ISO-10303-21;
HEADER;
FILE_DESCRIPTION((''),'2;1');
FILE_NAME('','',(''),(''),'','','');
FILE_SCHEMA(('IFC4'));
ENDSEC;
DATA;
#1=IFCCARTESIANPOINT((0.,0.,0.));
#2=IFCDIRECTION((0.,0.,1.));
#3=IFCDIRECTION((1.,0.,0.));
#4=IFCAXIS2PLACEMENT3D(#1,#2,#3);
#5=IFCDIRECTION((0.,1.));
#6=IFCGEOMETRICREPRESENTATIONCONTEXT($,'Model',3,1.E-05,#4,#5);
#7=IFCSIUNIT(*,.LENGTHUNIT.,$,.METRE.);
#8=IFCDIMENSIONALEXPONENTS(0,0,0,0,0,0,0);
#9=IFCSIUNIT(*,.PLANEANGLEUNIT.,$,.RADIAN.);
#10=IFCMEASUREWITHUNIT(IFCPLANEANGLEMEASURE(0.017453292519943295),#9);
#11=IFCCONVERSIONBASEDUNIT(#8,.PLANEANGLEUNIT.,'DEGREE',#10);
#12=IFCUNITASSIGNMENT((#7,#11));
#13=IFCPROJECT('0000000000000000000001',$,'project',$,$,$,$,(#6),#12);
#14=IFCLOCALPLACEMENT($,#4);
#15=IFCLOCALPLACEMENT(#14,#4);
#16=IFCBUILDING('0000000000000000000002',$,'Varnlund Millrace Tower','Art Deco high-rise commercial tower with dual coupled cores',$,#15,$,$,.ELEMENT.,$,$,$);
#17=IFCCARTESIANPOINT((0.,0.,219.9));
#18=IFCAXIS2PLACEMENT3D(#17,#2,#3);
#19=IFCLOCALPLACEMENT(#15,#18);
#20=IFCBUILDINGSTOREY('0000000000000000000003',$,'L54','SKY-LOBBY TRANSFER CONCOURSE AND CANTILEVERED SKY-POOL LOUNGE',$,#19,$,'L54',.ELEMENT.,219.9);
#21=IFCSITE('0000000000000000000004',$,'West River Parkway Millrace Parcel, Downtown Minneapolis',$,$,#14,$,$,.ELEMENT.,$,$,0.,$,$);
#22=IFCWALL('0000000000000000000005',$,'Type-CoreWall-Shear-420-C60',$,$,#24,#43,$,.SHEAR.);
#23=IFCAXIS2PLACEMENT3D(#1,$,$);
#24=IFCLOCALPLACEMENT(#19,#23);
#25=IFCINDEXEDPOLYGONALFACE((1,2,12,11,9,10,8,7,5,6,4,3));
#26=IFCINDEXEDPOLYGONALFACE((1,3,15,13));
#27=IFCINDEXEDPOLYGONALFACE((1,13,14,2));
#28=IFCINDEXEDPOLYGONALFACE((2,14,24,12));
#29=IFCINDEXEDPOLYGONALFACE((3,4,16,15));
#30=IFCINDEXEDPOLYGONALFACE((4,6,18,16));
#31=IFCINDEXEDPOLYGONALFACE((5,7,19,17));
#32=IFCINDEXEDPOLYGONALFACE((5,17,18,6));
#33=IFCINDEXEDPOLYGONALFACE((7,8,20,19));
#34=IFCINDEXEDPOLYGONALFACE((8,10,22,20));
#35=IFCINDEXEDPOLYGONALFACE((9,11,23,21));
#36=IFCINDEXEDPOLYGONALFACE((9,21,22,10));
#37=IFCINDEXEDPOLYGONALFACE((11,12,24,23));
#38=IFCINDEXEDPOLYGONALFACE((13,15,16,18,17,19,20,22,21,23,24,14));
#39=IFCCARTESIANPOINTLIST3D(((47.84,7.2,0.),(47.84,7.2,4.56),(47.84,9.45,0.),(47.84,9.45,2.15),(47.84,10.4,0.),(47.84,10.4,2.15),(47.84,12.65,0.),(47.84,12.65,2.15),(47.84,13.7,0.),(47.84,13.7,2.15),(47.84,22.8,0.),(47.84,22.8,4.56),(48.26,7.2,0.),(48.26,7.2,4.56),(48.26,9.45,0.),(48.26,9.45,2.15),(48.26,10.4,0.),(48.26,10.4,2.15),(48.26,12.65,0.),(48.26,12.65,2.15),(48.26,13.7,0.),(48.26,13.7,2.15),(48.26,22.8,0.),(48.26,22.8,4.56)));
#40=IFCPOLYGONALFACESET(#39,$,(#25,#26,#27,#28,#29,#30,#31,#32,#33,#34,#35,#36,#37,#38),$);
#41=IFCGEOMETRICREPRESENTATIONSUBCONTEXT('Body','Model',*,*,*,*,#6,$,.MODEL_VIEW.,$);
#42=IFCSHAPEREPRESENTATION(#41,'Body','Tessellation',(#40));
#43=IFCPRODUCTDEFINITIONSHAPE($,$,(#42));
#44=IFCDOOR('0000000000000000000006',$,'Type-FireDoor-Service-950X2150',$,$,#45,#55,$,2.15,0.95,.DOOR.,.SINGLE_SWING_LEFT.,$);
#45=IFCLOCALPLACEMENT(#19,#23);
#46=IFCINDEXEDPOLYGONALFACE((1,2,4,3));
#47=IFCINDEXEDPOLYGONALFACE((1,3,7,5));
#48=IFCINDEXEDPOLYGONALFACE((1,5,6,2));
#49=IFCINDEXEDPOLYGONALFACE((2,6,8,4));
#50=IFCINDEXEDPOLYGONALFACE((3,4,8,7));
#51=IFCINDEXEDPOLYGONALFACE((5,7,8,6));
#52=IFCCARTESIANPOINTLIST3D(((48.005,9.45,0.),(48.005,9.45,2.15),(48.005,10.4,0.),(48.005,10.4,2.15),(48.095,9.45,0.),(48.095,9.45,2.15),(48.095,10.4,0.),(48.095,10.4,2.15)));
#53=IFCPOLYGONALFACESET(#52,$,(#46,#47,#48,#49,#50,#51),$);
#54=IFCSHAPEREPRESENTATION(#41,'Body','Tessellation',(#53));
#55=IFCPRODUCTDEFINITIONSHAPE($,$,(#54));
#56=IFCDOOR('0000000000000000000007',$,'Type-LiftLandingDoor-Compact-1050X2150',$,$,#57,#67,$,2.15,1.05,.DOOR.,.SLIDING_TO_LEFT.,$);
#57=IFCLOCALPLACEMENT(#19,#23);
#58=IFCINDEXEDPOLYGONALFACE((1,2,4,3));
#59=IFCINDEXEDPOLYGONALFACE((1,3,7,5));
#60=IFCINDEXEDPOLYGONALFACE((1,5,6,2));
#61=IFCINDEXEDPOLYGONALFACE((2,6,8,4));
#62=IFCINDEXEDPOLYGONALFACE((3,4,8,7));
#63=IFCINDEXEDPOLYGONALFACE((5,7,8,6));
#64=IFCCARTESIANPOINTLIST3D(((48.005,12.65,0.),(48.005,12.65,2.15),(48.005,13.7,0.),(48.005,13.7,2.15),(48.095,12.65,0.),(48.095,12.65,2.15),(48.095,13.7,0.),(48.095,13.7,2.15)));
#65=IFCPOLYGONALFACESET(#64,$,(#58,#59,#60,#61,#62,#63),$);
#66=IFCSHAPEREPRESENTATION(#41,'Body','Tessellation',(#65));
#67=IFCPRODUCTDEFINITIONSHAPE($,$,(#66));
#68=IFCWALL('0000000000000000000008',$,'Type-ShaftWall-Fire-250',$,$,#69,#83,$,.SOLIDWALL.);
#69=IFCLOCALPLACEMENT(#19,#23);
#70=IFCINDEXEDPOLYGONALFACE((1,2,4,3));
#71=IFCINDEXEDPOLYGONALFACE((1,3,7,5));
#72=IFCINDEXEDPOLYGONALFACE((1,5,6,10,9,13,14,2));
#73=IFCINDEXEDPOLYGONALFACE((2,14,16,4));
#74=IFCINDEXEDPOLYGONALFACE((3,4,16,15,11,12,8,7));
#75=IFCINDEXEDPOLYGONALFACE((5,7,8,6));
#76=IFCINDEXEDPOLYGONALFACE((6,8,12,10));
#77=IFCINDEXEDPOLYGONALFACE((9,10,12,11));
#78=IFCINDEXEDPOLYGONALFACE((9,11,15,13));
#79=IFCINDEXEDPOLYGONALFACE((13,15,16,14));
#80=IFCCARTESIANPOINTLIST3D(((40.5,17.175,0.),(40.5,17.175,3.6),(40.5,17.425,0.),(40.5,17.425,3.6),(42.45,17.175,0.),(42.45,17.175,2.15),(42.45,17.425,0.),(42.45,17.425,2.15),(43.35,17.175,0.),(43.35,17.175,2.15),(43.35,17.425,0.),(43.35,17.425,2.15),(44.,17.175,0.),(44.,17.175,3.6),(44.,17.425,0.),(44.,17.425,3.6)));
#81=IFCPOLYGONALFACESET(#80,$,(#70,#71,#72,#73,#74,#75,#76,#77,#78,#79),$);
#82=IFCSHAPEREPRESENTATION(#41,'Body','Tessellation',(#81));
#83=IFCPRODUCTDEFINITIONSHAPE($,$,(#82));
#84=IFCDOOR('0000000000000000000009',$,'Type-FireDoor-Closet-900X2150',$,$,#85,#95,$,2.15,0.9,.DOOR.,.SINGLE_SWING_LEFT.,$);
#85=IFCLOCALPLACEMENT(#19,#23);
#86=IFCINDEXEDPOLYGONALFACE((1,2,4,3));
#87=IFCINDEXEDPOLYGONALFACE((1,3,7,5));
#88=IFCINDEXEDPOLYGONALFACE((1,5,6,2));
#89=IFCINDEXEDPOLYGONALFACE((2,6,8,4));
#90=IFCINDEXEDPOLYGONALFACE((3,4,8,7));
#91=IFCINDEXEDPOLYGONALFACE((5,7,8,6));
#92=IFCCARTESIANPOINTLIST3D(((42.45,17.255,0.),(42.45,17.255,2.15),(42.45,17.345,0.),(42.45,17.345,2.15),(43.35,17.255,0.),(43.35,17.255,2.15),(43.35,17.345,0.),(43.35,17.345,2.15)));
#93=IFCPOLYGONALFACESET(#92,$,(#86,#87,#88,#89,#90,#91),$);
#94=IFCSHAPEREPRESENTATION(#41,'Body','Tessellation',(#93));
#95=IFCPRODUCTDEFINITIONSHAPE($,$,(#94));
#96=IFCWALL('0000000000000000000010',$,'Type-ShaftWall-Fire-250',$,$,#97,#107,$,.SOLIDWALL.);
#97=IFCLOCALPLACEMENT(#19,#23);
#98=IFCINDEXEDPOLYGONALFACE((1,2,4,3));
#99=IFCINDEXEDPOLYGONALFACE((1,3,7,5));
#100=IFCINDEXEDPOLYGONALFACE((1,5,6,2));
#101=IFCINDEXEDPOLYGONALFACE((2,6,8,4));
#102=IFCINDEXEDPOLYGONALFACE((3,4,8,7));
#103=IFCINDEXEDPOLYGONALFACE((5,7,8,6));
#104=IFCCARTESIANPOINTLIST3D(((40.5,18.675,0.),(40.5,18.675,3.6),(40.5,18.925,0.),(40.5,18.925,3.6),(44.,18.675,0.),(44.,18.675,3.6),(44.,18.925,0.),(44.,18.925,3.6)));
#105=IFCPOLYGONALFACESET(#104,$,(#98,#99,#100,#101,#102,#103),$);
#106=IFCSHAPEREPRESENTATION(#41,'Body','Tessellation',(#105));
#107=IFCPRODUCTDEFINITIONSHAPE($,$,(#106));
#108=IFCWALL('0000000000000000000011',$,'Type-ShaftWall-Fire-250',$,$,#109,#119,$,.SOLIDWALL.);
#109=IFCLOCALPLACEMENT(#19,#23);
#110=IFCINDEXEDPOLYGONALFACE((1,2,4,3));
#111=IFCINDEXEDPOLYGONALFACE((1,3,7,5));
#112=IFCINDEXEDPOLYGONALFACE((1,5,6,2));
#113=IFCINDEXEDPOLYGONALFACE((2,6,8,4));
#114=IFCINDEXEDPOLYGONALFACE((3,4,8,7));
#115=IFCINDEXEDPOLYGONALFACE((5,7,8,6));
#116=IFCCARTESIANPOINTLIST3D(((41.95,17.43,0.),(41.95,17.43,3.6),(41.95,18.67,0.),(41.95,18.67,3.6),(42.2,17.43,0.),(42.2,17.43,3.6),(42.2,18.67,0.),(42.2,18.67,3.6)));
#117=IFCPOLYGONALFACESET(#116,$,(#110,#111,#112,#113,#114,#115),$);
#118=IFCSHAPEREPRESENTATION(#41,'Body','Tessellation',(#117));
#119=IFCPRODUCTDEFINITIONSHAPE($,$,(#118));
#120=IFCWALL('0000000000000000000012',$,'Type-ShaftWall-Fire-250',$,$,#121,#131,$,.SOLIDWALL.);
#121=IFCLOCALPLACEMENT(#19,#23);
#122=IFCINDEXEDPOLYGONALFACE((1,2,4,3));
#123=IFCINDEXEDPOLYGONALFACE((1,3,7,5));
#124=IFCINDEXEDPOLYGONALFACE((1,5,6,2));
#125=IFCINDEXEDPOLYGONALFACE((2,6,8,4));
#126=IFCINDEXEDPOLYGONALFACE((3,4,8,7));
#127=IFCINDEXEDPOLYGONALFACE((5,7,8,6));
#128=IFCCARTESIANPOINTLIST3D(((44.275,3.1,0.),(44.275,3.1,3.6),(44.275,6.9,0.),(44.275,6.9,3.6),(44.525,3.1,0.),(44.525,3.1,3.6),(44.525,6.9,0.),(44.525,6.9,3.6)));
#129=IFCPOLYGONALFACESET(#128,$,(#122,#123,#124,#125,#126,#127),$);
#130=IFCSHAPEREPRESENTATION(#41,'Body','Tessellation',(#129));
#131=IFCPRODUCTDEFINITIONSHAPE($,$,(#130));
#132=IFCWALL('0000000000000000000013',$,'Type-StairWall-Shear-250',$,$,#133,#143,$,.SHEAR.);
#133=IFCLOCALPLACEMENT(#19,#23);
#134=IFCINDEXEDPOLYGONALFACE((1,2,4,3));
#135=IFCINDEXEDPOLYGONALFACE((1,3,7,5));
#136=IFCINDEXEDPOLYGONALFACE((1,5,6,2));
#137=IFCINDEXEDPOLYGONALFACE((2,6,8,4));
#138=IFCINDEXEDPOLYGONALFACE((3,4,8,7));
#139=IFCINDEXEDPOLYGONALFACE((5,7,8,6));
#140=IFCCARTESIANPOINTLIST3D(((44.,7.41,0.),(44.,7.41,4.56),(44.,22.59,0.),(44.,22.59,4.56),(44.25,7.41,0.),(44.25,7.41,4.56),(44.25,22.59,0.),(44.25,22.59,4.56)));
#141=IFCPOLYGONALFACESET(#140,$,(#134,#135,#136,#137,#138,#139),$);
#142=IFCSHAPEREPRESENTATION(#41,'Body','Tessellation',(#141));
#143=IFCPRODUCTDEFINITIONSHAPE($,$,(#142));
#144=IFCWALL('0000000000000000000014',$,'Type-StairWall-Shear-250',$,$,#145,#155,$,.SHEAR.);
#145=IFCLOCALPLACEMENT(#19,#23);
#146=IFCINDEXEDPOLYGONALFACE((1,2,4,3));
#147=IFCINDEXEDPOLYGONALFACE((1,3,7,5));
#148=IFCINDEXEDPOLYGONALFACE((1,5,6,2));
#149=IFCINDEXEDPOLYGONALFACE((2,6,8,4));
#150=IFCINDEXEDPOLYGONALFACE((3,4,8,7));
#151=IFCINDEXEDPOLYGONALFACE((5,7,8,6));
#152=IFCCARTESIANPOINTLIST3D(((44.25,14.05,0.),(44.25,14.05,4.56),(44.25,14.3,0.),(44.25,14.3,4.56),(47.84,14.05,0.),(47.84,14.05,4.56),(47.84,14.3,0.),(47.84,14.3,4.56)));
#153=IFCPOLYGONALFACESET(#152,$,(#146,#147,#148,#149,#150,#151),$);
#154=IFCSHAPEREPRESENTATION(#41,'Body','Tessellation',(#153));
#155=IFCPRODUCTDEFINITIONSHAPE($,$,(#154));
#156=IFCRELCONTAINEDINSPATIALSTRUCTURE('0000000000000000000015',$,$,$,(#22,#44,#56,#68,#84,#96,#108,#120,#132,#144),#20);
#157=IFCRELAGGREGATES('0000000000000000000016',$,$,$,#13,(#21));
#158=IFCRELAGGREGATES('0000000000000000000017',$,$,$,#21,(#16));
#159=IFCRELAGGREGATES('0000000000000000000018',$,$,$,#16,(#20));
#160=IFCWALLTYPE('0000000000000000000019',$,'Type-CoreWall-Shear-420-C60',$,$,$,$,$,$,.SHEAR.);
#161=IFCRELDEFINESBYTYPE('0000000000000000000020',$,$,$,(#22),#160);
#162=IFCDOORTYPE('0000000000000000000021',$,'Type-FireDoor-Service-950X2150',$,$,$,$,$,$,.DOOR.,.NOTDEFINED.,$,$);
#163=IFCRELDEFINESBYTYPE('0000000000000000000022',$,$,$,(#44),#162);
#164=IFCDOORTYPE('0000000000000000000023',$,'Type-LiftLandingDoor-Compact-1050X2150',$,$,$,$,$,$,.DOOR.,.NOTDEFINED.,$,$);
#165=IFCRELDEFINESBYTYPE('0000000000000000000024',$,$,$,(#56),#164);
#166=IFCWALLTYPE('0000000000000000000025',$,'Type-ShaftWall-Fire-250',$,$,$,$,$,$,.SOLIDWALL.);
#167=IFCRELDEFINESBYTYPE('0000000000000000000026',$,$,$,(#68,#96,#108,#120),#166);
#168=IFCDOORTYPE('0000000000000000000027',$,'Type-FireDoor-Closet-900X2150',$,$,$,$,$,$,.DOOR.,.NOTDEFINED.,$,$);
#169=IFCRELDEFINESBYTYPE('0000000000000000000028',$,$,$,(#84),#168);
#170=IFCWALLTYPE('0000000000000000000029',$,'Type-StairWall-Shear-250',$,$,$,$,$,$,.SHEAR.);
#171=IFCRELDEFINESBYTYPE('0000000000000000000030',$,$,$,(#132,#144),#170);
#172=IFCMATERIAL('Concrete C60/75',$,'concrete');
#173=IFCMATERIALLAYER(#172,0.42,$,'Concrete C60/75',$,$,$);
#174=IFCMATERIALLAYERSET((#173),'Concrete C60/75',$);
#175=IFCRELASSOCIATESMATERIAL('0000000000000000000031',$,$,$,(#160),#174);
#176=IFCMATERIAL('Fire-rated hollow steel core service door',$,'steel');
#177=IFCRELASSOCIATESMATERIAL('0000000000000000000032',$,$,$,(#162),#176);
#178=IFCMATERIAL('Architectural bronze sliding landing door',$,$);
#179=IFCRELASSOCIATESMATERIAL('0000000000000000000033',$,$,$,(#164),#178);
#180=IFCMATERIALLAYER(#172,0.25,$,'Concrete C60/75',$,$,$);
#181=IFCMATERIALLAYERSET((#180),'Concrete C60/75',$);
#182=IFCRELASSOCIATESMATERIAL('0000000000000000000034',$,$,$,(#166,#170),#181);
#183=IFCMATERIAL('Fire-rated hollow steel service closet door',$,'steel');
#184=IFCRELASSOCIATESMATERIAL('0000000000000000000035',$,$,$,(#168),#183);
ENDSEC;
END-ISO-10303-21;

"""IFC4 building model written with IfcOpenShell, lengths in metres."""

from ifc_helpers import new_model, entity, si_unit, converted_unit, direction, frame, origin_with_axes, origin_2d_with_axis, place, context, subcontext, project, spatial, polyline, rectangle, outline, extrude, material, layer, layer_set, type_object, element, fill, save


model = new_model("IFC4")

# Units and contexts
model_context = context("Model", 3, precision=1e-05, world=origin_with_axes(), true_north=direction((0.0, 1.0)))
body_context = subcontext(model_context, "Body", "Model", "MODEL_VIEW")
ifc_project = project(units=[si_unit("LENGTHUNIT", "METRE"), converted_unit("PLANEANGLEUNIT", "DEGREE", entity("IfcPlaneAngleMeasure", 0.017453292519943295), si_unit("PLANEANGLEUNIT", "RADIAN"), dimensions=[0, 0, 0, 0, 0, 0, 0])], contexts=[model_context])

# Site, building, storey
site_placement = place(None, origin_with_axes())
site = spatial("IfcSite", under=ifc_project, at=site_placement, Name="West River Parkway Millrace Parcel, Downtown Minneapolis", CompositionType="ELEMENT", RefElevation=0.0)
building_placement = place(site_placement, origin_with_axes())
building = spatial("IfcBuilding", under=site, at=building_placement, Name="Varnlund Millrace Tower", Description="Art Deco high-rise commercial tower with dual coupled cores", CompositionType="ELEMENT")
storey_placement = place(building_placement, frame((0.0, 0.0, 219.9), z_axis=(0.0, 0.0, 1.0), x_axis=(1.0, 0.0, 0.0)))
storey = spatial("IfcBuildingStorey", under=building, at=storey_placement, Name="L54", Description="SKY-LOBBY TRANSFER CONCOURSE AND CANTILEVERED SKY-POOL LOUNGE", LongName="L54", CompositionType="ELEMENT", Elevation=219.9)

# Wall, openings, doors
ifc_material_1 = material(Name="Concrete C60/75", Category="concrete")
ifc_layer_1 = layer(ifc_material_1, 0.42, Name="Concrete C60/75")
ifc_layer_set_1 = layer_set([ifc_layer_1], Name="Concrete C60/75")
wall_type_1 = type_object("IfcWallType", Name="Type-CoreWall-Shear-420-C60", PredefinedType="SHEAR", material=ifc_layer_set_1)
wall_1_placement = place(storey_placement, frame((48.05, 7.2, 0.0), z_axis=(0.0, 0.0, 1.0), x_axis=(0.0, 1.0, 0.0)))
wall_1 = element("IfcWall", 1, at=wall_1_placement, inside=storey, type_object=wall_type_1, Name="Type-CoreWall-Shear-420-C60", PredefinedType="SHEAR", context=body_context, shape_type="SweptSolid", body=[
    extrude(outline(polyline([(0.0, -0.21), (15.6, -0.21), (15.6, 0.21), (0.0, 0.21), (0.0, -0.21)])), origin_with_axes(), (0.0, 0.0, 1.0), 4.56),
])
opening_1_placement = place(wall_1_placement, frame((5.975, 0.0, 0.0), z_axis=(0.0, 0.0, 1.0), x_axis=(1.0, 0.0, 0.0)))
opening_1 = element("IfcOpeningElement", 2, at=opening_1_placement, cuts=wall_1, PredefinedType="OPENING", context=body_context, shape_type="SweptSolid", body=[
    extrude(rectangle(XDim=1.05, YDim=0.44, at=origin_2d_with_axis()), origin_with_axes(), (0.0, 0.0, 1.0), 2.15),
])
opening_2_placement = place(wall_1_placement, frame((2.725, 0.0, 0.0), z_axis=(0.0, 0.0, 1.0), x_axis=(1.0, 0.0, 0.0)))
opening_2 = element("IfcOpeningElement", 3, at=opening_2_placement, cuts=wall_1, PredefinedType="OPENING", context=body_context, shape_type="SweptSolid", body=[
    extrude(rectangle(XDim=0.95, YDim=0.44, at=origin_2d_with_axis()), origin_with_axes(), (0.0, 0.0, 1.0), 2.15),
])
ifc_material_2 = material(Name="Fire-rated hollow steel core service door", Category="steel")
door_type_1 = type_object("IfcDoorType", Name="Type-FireDoor-Service-950X2150", OperationType="NOTDEFINED", PredefinedType="DOOR", material=ifc_material_2)
door_1_placement = place(wall_1_placement, frame((2.725, 0.0, 0.0), z_axis=(0.0, 0.0, 1.0), x_axis=(1.0, 0.0, 0.0)))
door_1 = element("IfcDoor", 4, at=door_1_placement, inside=storey, type_object=door_type_1, Name="Type-FireDoor-Service-950X2150", OperationType="SINGLE_SWING_LEFT", OverallHeight=2.15, OverallWidth=0.95, PredefinedType="DOOR", context=body_context, shape_type="SweptSolid", body=[
    extrude(rectangle(XDim=0.95, YDim=0.09, at=origin_2d_with_axis()), origin_with_axes(), (0.0, 0.0, 1.0), 2.15),
])
fill(opening_2, door_1)
ifc_material_3 = material(Name="Architectural bronze sliding landing door")
door_type_2 = type_object("IfcDoorType", Name="Type-LiftLandingDoor-Compact-1050X2150", OperationType="NOTDEFINED", PredefinedType="DOOR", material=ifc_material_3)
door_2_placement = place(wall_1_placement, frame((5.975, 0.0, 0.0), z_axis=(0.0, 0.0, 1.0), x_axis=(1.0, 0.0, 0.0)))
door_2 = element("IfcDoor", 5, at=door_2_placement, inside=storey, type_object=door_type_2, Name="Type-LiftLandingDoor-Compact-1050X2150", OperationType="SLIDING_TO_LEFT", OverallHeight=2.15, OverallWidth=1.05, PredefinedType="DOOR", context=body_context, shape_type="SweptSolid", body=[
    extrude(rectangle(XDim=1.05, YDim=0.09, at=origin_2d_with_axis()), origin_with_axes(), (0.0, 0.0, 1.0), 2.15),
])
fill(opening_1, door_2)

# Wall, opening, door
ifc_layer_2 = layer(ifc_material_1, 0.25, Name="Concrete C60/75")
ifc_layer_set_2 = layer_set([ifc_layer_2], Name="Concrete C60/75")
wall_type_2 = type_object("IfcWallType", Name="Type-ShaftWall-Fire-250", PredefinedType="SOLIDWALL", material=ifc_layer_set_2)
wall_2_placement = place(storey_placement, frame((40.5, 17.3, 0.0), z_axis=(0.0, 0.0, 1.0), x_axis=(1.0, 0.0, 0.0)))
wall_2 = element("IfcWall", 6, at=wall_2_placement, inside=storey, type_object=wall_type_2, Name="Type-ShaftWall-Fire-250", PredefinedType="SOLIDWALL", context=body_context, shape_type="SweptSolid", body=[
    extrude(outline(polyline([(0.0, -0.125), (3.5, -0.125), (3.5, 0.125), (0.0, 0.125), (0.0, -0.125)])), origin_with_axes(), (0.0, 0.0, 1.0), 3.6),
])
opening_3_placement = place(wall_2_placement, frame((2.4, 0.0, 0.0), z_axis=(0.0, 0.0, 1.0), x_axis=(1.0, 0.0, 0.0)))
opening_3 = element("IfcOpeningElement", 7, at=opening_3_placement, cuts=wall_2, PredefinedType="OPENING", context=body_context, shape_type="SweptSolid", body=[
    extrude(rectangle(XDim=0.9, YDim=0.27, at=origin_2d_with_axis()), origin_with_axes(), (0.0, 0.0, 1.0), 2.15),
])
ifc_material_4 = material(Name="Fire-rated hollow steel service closet door", Category="steel")
door_type_3 = type_object("IfcDoorType", Name="Type-FireDoor-Closet-900X2150", OperationType="NOTDEFINED", PredefinedType="DOOR", material=ifc_material_4)
door_3_placement = place(wall_2_placement, frame((2.4, 0.0, 0.0), z_axis=(0.0, 0.0, 1.0), x_axis=(1.0, 0.0, 0.0)))
door_3 = element("IfcDoor", 8, at=door_3_placement, inside=storey, type_object=door_type_3, Name="Type-FireDoor-Closet-900X2150", OperationType="SINGLE_SWING_LEFT", OverallHeight=2.15, OverallWidth=0.9, PredefinedType="DOOR", context=body_context, shape_type="SweptSolid", body=[
    extrude(rectangle(XDim=0.9, YDim=0.09, at=origin_2d_with_axis()), origin_with_axes(), (0.0, 0.0, 1.0), 2.15),
])
fill(opening_3, door_3)

# Walls
wall_3_placement = place(storey_placement, frame((40.5, 18.8, 0.0), z_axis=(0.0, 0.0, 1.0), x_axis=(1.0, 0.0, 0.0)))
element("IfcWall", 9, at=wall_3_placement, inside=storey, type_object=wall_type_2, Name="Type-ShaftWall-Fire-250", PredefinedType="SOLIDWALL", context=body_context, shape_type="SweptSolid", body=[
    extrude(outline(polyline([(0.0, -0.125), (3.5, -0.125), (3.5, 0.125), (0.0, 0.125), (0.0, -0.125)])), origin_with_axes(), (0.0, 0.0, 1.0), 3.6),
])
wall_4_placement = place(storey_placement, frame((42.075, 17.43, 0.0), z_axis=(0.0, 0.0, 1.0), x_axis=(0.0, 1.0, 0.0)))
element("IfcWall", 10, at=wall_4_placement, inside=storey, type_object=wall_type_2, Name="Type-ShaftWall-Fire-250", PredefinedType="SOLIDWALL", context=body_context, shape_type="SweptSolid", body=[
    extrude(outline(polyline([(0.0, -0.125), (1.24, -0.125), (1.24, 0.125), (0.0, 0.125), (0.0, -0.125)])), origin_with_axes(), (0.0, 0.0, 1.0), 3.6),
])
wall_5_placement = place(storey_placement, frame((44.4, 3.1, 0.0), z_axis=(0.0, 0.0, 1.0), x_axis=(0.0, 1.0, 0.0)))
element("IfcWall", 11, at=wall_5_placement, inside=storey, type_object=wall_type_2, Name="Type-ShaftWall-Fire-250", PredefinedType="SOLIDWALL", context=body_context, shape_type="SweptSolid", body=[
    extrude(outline(polyline([(0.0, -0.125), (3.8, -0.125), (3.8, 0.125), (0.0, 0.125), (0.0, -0.125)])), origin_with_axes(), (0.0, 0.0, 1.0), 3.6),
])
wall_type_3 = type_object("IfcWallType", Name="Type-StairWall-Shear-250", PredefinedType="SHEAR", material=ifc_layer_set_2)
wall_6_placement = place(storey_placement, frame((44.125, 7.41, 0.0), z_axis=(0.0, 0.0, 1.0), x_axis=(0.0, 1.0, 0.0)))
element("IfcWall", 12, at=wall_6_placement, inside=storey, type_object=wall_type_3, Name="Type-StairWall-Shear-250", PredefinedType="SHEAR", context=body_context, shape_type="SweptSolid", body=[
    extrude(outline(polyline([(0.0, -0.125), (15.18, -0.125), (15.18, 0.125), (0.0, 0.125), (0.0, -0.125)])), origin_with_axes(), (0.0, 0.0, 1.0), 4.56),
])
wall_7_placement = place(storey_placement, frame((44.25, 14.175, 0.0), z_axis=(0.0, 0.0, 1.0), x_axis=(1.0, 0.0, 0.0)))
element("IfcWall", 13, at=wall_7_placement, inside=storey, type_object=wall_type_3, Name="Type-StairWall-Shear-250", PredefinedType="SHEAR", context=body_context, shape_type="SweptSolid", body=[
    extrude(outline(polyline([(0.0, -0.125), (3.59, -0.125), (3.59, 0.125), (0.0, 0.125), (0.0, -0.125)])), origin_with_axes(), (0.0, 0.0, 1.0), 4.56),
])

save(model, "model.ifc")
